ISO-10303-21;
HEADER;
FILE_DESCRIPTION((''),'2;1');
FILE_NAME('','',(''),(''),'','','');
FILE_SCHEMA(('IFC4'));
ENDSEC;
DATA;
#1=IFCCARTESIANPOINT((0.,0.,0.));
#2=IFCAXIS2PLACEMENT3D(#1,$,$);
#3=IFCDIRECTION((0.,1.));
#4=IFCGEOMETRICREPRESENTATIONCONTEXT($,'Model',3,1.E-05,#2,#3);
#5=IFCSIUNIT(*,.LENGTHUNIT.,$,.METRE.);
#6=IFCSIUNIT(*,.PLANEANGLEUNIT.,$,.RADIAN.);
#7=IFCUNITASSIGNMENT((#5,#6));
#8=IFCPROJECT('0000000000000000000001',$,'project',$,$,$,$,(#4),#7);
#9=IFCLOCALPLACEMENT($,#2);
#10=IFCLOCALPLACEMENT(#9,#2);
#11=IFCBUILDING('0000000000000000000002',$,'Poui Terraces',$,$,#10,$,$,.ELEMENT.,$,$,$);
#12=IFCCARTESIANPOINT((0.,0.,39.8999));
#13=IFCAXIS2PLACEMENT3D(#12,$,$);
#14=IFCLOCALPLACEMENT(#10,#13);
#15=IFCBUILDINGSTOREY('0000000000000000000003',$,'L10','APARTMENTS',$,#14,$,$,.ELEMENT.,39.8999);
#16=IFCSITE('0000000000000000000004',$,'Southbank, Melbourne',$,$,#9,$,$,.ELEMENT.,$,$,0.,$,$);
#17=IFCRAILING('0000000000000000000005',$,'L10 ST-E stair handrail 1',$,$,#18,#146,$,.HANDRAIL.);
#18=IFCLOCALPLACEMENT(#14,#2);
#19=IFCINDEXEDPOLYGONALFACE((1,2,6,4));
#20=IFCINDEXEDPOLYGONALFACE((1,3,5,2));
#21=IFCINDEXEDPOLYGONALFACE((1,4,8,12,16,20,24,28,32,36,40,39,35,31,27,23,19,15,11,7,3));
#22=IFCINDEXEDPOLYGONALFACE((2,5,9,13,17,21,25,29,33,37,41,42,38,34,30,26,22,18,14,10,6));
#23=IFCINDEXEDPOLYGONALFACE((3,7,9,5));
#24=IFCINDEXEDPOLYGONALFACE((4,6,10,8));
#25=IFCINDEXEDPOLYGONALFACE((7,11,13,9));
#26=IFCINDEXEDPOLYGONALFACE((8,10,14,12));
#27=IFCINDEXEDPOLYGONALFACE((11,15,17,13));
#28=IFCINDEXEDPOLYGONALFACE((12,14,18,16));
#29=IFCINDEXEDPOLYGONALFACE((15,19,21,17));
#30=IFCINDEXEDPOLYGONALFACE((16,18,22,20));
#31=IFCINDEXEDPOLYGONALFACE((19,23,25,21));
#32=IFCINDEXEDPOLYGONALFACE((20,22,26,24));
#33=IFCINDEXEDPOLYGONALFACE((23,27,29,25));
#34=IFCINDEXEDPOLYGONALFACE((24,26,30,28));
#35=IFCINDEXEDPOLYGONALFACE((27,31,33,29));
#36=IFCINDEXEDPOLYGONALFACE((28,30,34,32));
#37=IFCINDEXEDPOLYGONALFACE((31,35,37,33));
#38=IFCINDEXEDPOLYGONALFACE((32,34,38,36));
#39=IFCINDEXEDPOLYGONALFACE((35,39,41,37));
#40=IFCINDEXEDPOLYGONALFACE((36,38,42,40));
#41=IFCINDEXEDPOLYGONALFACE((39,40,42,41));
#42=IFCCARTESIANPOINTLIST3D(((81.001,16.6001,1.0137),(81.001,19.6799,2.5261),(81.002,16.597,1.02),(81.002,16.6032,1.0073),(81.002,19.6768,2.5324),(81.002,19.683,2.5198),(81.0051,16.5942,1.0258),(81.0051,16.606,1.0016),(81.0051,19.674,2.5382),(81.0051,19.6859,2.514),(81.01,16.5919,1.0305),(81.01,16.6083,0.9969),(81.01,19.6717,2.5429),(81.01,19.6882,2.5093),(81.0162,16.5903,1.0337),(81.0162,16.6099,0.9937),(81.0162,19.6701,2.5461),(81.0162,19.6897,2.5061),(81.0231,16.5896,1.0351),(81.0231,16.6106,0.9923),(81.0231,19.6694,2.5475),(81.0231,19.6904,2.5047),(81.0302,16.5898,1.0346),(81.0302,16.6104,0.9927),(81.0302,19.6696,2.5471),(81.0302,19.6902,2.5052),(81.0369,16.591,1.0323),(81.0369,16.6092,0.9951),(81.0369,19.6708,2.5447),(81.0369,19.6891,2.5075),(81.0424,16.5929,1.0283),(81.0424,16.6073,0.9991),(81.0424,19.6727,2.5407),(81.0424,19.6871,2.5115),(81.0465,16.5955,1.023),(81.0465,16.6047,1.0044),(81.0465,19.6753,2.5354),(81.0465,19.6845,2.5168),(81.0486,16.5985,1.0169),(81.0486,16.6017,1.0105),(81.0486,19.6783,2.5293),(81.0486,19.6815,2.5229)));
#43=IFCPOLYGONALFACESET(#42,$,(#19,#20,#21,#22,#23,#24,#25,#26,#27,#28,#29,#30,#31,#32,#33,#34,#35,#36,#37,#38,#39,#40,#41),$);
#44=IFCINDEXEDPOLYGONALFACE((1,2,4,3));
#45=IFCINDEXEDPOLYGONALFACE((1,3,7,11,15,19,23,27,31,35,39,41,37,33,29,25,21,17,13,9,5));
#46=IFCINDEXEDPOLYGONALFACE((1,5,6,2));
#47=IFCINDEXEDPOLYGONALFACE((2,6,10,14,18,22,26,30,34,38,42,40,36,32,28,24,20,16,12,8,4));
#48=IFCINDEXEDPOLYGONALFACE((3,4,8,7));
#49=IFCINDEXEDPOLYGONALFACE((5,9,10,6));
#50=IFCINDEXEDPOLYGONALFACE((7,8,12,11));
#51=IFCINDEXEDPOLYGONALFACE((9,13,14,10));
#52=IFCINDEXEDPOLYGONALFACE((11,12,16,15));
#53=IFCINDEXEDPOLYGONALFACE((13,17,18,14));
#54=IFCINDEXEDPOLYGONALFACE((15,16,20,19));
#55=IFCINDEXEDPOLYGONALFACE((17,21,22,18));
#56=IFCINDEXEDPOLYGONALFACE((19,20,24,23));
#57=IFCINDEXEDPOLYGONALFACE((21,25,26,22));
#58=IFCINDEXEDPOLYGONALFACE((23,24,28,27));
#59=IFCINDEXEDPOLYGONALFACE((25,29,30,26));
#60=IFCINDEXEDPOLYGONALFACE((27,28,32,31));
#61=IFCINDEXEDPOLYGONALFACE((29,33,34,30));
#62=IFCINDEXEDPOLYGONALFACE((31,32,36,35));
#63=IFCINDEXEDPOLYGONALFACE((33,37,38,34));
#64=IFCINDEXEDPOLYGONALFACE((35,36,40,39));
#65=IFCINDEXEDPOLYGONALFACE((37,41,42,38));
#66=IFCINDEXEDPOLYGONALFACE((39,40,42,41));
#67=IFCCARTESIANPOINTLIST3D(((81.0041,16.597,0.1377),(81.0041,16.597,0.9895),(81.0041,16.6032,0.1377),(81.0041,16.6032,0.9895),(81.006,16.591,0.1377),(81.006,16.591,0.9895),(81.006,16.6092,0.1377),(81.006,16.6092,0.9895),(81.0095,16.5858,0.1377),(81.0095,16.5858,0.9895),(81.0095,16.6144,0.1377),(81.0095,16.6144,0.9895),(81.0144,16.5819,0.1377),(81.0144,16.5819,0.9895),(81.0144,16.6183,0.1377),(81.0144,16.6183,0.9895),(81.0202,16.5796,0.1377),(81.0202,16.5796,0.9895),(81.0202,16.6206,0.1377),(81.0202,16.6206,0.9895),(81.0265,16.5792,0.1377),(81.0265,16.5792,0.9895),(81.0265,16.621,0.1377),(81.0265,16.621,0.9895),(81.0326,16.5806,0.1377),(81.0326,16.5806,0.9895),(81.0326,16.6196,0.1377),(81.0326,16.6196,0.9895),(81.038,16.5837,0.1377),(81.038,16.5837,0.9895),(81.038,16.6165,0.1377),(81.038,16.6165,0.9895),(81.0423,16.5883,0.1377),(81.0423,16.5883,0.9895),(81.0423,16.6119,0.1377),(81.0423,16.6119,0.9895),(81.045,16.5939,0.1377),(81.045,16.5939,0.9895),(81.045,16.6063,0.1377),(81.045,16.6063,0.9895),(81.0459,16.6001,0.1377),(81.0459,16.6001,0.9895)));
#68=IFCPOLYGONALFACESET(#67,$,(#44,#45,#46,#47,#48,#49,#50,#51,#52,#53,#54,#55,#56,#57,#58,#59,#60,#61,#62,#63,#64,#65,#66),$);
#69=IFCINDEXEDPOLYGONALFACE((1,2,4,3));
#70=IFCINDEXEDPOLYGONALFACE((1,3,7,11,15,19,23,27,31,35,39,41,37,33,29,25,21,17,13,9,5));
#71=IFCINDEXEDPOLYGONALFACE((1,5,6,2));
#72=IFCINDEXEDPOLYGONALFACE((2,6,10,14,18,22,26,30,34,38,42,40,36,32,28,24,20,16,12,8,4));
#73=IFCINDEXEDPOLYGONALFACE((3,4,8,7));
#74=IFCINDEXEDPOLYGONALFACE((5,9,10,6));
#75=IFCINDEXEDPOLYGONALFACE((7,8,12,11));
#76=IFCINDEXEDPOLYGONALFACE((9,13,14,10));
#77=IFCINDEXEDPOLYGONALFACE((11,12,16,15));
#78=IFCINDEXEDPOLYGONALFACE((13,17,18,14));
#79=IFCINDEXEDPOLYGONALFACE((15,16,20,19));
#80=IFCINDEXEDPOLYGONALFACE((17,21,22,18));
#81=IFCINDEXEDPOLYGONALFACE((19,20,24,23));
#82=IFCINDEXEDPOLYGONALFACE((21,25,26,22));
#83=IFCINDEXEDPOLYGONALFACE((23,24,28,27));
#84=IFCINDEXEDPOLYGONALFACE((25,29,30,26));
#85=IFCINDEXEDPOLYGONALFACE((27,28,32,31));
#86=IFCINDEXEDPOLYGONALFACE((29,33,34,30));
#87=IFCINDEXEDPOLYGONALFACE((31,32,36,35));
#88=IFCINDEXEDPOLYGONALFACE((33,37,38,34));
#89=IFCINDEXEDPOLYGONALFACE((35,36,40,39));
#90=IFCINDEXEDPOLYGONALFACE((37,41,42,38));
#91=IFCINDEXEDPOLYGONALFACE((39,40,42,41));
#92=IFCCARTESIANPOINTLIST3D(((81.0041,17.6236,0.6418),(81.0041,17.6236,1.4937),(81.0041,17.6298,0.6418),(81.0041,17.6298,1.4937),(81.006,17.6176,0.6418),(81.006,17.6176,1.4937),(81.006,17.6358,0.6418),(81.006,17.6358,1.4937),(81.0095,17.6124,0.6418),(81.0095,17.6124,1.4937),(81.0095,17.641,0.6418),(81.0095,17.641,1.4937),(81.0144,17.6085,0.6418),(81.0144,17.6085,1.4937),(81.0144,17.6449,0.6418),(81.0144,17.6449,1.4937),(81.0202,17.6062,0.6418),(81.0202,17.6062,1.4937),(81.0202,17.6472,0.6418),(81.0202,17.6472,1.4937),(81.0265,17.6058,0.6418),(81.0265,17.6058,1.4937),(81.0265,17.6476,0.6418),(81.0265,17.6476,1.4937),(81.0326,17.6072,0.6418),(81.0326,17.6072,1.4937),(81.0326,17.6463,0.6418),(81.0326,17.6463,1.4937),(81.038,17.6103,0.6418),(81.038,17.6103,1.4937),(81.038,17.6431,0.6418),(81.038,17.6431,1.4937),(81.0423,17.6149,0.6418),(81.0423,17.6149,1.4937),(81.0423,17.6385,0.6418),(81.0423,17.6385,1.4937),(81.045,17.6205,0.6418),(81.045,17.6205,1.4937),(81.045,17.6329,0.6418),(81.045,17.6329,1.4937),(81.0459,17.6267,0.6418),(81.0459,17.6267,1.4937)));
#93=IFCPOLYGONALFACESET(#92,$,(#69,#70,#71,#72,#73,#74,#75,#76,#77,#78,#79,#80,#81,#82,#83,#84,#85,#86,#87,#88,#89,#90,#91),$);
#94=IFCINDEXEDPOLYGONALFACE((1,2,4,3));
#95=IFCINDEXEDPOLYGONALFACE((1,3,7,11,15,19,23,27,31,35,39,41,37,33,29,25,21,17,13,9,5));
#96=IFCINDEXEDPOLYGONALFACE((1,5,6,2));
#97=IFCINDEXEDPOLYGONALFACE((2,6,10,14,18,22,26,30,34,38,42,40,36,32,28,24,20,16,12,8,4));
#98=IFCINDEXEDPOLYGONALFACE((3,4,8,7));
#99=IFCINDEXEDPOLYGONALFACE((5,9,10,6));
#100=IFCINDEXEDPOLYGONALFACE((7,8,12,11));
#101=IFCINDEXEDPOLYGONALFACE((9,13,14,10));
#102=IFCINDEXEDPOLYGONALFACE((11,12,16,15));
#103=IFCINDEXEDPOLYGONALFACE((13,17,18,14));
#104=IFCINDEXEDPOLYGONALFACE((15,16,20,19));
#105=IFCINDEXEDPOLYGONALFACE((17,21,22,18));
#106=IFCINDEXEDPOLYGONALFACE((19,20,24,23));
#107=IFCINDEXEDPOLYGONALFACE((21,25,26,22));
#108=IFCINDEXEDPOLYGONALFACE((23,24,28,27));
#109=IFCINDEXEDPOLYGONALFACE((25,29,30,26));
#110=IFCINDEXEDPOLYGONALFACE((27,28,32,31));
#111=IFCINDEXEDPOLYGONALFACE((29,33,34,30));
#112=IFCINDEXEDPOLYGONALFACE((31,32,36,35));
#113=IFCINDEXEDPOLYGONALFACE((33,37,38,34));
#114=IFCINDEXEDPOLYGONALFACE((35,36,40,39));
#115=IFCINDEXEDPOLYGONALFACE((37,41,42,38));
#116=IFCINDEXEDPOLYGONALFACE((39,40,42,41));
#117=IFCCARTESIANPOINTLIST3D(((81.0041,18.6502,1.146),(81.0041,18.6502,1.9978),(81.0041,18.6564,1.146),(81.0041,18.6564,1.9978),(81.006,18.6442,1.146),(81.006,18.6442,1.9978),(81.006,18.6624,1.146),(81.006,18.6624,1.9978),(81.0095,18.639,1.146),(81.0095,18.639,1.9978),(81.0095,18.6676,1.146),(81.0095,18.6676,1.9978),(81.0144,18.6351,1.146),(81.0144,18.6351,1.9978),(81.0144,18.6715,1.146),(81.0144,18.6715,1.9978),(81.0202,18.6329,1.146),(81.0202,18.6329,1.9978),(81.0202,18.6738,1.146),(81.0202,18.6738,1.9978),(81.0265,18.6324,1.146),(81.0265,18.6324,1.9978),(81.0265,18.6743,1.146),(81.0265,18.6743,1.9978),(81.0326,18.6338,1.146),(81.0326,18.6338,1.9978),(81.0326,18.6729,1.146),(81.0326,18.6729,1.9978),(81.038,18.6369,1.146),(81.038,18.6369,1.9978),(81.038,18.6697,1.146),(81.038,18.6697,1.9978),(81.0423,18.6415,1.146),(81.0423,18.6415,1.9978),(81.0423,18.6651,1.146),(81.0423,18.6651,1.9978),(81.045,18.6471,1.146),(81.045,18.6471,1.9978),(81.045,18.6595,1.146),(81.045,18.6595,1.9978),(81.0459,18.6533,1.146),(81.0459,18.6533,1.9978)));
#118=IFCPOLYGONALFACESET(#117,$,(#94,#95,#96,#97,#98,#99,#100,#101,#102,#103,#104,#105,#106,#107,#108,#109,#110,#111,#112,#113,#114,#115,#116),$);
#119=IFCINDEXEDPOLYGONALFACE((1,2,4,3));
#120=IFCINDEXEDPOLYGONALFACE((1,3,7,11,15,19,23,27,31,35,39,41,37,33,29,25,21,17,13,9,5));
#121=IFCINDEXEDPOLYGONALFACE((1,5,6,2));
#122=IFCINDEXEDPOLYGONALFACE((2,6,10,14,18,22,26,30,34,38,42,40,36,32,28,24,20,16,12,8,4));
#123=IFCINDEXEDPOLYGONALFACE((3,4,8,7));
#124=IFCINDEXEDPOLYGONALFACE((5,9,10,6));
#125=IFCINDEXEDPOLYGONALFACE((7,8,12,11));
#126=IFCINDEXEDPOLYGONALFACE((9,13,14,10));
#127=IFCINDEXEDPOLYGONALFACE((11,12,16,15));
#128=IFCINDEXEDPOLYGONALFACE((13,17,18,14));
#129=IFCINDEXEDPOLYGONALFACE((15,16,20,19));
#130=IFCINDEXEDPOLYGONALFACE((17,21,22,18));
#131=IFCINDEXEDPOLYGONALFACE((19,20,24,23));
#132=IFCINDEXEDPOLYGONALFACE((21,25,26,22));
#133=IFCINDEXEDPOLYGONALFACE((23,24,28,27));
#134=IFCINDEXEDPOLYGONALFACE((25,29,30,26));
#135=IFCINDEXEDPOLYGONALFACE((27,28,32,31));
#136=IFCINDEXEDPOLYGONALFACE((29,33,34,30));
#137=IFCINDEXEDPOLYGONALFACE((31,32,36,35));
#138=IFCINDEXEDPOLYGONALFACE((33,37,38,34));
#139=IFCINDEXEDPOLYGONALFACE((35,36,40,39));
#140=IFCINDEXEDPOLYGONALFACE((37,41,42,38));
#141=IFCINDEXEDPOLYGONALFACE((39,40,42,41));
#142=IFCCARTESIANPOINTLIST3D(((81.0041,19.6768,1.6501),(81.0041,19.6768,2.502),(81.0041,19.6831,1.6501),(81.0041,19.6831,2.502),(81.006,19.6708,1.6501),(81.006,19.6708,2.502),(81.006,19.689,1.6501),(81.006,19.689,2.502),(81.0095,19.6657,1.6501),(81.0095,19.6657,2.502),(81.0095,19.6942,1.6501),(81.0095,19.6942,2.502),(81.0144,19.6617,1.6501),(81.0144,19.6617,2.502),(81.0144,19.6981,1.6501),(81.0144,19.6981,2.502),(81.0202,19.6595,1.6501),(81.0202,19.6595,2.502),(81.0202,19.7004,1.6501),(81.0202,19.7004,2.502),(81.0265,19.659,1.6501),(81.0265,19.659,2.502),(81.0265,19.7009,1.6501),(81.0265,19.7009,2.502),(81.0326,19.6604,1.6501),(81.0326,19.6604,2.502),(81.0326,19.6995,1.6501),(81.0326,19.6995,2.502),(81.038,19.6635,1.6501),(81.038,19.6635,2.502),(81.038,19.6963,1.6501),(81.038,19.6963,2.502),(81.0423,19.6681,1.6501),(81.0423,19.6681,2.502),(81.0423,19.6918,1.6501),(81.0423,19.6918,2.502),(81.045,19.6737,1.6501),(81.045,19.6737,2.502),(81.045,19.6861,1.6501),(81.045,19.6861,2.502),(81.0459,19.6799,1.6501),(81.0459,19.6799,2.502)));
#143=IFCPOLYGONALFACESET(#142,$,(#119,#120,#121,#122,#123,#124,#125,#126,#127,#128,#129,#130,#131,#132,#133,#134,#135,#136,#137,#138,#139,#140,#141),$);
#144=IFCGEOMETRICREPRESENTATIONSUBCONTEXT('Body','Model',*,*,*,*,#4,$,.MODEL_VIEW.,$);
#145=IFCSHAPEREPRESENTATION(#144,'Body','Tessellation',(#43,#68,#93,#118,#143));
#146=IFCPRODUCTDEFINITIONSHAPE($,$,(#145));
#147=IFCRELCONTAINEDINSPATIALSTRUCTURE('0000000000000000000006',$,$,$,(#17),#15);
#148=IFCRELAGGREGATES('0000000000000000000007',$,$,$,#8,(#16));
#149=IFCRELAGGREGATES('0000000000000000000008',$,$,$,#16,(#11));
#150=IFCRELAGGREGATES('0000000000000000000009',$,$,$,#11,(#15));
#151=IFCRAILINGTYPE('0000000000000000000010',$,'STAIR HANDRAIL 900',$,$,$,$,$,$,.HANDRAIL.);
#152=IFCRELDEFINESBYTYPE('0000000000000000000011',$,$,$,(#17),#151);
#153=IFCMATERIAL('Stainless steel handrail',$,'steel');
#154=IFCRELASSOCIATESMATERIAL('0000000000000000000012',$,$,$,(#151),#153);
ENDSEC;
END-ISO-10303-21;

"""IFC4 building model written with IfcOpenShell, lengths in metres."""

from ifc_helpers import new_model, si_unit, direction, frame, origin, origin_2d, place, context, subcontext, project, spatial, circle, extrude, material, type_object, element, save


model = new_model("IFC4")

# Units and contexts
model_context = context("Model", 3, precision=1e-05, world=origin(), true_north=direction((0.0, 1.0)))
body_context = subcontext(model_context, "Body", "Model", "MODEL_VIEW")
ifc_project = project(units=[si_unit("LENGTHUNIT", "METRE"), si_unit("PLANEANGLEUNIT", "RADIAN")], contexts=[model_context])

# Site, building, storey
site_placement = place(None, origin())
site = spatial("IfcSite", under=ifc_project, at=site_placement, Name="Southbank, Melbourne", CompositionType="ELEMENT", RefElevation=0.0)
building_placement = place(site_placement, origin())
building = spatial("IfcBuilding", under=site, at=building_placement, Name="Poui Terraces", CompositionType="ELEMENT")
storey_placement = place(building_placement, frame((0.0, 0.0, 39.8999)))
storey = spatial("IfcBuildingStorey", under=building, at=storey_placement, Name="L10", Description="APARTMENTS", CompositionType="ELEMENT", Elevation=39.8999)

# Railing
ifc_material_1 = material(Name="Stainless steel handrail", Category="steel")
railing_type_1 = type_object("IfcRailingType", Name="STAIR HANDRAIL 900", PredefinedType="HANDRAIL", material=ifc_material_1)
railing_1_placement = place(storey_placement, frame((81.0249, 16.6001, 0.1377)))
element("IfcRailing", 1, at=railing_1_placement, inside=storey, type_object=railing_type_1, Name="L10 ST-E stair handrail 1", PredefinedType="HANDRAIL", context=body_context, shape_type="SweptSolid", body=[
    extrude(circle(Radius=0.0239, at=origin_2d()), frame((0.0, 0.0, 0.876), z_axis=(0.0, 0.897606, 0.440798), x_axis=(-1.0, 0.0, 0.0)), (0.0, 0.0, 1.0), 3.4312),
    extrude(circle(Radius=0.021, at=origin_2d()), origin(), (0.0, 0.0, 1.0), 0.8518),
    extrude(circle(Radius=0.021, at=origin_2d()), frame((0.0, 1.0266, 0.5042)), (0.0, 0.0, 1.0), 0.8518),
    extrude(circle(Radius=0.021, at=origin_2d()), frame((0.0, 2.0532, 1.0083)), (0.0, 0.0, 1.0), 0.8518),
    extrude(circle(Radius=0.021, at=origin_2d()), frame((0.0, 3.0798, 1.5125)), (0.0, 0.0, 1.0), 0.8518),
])

save(model, "model.ifc")
